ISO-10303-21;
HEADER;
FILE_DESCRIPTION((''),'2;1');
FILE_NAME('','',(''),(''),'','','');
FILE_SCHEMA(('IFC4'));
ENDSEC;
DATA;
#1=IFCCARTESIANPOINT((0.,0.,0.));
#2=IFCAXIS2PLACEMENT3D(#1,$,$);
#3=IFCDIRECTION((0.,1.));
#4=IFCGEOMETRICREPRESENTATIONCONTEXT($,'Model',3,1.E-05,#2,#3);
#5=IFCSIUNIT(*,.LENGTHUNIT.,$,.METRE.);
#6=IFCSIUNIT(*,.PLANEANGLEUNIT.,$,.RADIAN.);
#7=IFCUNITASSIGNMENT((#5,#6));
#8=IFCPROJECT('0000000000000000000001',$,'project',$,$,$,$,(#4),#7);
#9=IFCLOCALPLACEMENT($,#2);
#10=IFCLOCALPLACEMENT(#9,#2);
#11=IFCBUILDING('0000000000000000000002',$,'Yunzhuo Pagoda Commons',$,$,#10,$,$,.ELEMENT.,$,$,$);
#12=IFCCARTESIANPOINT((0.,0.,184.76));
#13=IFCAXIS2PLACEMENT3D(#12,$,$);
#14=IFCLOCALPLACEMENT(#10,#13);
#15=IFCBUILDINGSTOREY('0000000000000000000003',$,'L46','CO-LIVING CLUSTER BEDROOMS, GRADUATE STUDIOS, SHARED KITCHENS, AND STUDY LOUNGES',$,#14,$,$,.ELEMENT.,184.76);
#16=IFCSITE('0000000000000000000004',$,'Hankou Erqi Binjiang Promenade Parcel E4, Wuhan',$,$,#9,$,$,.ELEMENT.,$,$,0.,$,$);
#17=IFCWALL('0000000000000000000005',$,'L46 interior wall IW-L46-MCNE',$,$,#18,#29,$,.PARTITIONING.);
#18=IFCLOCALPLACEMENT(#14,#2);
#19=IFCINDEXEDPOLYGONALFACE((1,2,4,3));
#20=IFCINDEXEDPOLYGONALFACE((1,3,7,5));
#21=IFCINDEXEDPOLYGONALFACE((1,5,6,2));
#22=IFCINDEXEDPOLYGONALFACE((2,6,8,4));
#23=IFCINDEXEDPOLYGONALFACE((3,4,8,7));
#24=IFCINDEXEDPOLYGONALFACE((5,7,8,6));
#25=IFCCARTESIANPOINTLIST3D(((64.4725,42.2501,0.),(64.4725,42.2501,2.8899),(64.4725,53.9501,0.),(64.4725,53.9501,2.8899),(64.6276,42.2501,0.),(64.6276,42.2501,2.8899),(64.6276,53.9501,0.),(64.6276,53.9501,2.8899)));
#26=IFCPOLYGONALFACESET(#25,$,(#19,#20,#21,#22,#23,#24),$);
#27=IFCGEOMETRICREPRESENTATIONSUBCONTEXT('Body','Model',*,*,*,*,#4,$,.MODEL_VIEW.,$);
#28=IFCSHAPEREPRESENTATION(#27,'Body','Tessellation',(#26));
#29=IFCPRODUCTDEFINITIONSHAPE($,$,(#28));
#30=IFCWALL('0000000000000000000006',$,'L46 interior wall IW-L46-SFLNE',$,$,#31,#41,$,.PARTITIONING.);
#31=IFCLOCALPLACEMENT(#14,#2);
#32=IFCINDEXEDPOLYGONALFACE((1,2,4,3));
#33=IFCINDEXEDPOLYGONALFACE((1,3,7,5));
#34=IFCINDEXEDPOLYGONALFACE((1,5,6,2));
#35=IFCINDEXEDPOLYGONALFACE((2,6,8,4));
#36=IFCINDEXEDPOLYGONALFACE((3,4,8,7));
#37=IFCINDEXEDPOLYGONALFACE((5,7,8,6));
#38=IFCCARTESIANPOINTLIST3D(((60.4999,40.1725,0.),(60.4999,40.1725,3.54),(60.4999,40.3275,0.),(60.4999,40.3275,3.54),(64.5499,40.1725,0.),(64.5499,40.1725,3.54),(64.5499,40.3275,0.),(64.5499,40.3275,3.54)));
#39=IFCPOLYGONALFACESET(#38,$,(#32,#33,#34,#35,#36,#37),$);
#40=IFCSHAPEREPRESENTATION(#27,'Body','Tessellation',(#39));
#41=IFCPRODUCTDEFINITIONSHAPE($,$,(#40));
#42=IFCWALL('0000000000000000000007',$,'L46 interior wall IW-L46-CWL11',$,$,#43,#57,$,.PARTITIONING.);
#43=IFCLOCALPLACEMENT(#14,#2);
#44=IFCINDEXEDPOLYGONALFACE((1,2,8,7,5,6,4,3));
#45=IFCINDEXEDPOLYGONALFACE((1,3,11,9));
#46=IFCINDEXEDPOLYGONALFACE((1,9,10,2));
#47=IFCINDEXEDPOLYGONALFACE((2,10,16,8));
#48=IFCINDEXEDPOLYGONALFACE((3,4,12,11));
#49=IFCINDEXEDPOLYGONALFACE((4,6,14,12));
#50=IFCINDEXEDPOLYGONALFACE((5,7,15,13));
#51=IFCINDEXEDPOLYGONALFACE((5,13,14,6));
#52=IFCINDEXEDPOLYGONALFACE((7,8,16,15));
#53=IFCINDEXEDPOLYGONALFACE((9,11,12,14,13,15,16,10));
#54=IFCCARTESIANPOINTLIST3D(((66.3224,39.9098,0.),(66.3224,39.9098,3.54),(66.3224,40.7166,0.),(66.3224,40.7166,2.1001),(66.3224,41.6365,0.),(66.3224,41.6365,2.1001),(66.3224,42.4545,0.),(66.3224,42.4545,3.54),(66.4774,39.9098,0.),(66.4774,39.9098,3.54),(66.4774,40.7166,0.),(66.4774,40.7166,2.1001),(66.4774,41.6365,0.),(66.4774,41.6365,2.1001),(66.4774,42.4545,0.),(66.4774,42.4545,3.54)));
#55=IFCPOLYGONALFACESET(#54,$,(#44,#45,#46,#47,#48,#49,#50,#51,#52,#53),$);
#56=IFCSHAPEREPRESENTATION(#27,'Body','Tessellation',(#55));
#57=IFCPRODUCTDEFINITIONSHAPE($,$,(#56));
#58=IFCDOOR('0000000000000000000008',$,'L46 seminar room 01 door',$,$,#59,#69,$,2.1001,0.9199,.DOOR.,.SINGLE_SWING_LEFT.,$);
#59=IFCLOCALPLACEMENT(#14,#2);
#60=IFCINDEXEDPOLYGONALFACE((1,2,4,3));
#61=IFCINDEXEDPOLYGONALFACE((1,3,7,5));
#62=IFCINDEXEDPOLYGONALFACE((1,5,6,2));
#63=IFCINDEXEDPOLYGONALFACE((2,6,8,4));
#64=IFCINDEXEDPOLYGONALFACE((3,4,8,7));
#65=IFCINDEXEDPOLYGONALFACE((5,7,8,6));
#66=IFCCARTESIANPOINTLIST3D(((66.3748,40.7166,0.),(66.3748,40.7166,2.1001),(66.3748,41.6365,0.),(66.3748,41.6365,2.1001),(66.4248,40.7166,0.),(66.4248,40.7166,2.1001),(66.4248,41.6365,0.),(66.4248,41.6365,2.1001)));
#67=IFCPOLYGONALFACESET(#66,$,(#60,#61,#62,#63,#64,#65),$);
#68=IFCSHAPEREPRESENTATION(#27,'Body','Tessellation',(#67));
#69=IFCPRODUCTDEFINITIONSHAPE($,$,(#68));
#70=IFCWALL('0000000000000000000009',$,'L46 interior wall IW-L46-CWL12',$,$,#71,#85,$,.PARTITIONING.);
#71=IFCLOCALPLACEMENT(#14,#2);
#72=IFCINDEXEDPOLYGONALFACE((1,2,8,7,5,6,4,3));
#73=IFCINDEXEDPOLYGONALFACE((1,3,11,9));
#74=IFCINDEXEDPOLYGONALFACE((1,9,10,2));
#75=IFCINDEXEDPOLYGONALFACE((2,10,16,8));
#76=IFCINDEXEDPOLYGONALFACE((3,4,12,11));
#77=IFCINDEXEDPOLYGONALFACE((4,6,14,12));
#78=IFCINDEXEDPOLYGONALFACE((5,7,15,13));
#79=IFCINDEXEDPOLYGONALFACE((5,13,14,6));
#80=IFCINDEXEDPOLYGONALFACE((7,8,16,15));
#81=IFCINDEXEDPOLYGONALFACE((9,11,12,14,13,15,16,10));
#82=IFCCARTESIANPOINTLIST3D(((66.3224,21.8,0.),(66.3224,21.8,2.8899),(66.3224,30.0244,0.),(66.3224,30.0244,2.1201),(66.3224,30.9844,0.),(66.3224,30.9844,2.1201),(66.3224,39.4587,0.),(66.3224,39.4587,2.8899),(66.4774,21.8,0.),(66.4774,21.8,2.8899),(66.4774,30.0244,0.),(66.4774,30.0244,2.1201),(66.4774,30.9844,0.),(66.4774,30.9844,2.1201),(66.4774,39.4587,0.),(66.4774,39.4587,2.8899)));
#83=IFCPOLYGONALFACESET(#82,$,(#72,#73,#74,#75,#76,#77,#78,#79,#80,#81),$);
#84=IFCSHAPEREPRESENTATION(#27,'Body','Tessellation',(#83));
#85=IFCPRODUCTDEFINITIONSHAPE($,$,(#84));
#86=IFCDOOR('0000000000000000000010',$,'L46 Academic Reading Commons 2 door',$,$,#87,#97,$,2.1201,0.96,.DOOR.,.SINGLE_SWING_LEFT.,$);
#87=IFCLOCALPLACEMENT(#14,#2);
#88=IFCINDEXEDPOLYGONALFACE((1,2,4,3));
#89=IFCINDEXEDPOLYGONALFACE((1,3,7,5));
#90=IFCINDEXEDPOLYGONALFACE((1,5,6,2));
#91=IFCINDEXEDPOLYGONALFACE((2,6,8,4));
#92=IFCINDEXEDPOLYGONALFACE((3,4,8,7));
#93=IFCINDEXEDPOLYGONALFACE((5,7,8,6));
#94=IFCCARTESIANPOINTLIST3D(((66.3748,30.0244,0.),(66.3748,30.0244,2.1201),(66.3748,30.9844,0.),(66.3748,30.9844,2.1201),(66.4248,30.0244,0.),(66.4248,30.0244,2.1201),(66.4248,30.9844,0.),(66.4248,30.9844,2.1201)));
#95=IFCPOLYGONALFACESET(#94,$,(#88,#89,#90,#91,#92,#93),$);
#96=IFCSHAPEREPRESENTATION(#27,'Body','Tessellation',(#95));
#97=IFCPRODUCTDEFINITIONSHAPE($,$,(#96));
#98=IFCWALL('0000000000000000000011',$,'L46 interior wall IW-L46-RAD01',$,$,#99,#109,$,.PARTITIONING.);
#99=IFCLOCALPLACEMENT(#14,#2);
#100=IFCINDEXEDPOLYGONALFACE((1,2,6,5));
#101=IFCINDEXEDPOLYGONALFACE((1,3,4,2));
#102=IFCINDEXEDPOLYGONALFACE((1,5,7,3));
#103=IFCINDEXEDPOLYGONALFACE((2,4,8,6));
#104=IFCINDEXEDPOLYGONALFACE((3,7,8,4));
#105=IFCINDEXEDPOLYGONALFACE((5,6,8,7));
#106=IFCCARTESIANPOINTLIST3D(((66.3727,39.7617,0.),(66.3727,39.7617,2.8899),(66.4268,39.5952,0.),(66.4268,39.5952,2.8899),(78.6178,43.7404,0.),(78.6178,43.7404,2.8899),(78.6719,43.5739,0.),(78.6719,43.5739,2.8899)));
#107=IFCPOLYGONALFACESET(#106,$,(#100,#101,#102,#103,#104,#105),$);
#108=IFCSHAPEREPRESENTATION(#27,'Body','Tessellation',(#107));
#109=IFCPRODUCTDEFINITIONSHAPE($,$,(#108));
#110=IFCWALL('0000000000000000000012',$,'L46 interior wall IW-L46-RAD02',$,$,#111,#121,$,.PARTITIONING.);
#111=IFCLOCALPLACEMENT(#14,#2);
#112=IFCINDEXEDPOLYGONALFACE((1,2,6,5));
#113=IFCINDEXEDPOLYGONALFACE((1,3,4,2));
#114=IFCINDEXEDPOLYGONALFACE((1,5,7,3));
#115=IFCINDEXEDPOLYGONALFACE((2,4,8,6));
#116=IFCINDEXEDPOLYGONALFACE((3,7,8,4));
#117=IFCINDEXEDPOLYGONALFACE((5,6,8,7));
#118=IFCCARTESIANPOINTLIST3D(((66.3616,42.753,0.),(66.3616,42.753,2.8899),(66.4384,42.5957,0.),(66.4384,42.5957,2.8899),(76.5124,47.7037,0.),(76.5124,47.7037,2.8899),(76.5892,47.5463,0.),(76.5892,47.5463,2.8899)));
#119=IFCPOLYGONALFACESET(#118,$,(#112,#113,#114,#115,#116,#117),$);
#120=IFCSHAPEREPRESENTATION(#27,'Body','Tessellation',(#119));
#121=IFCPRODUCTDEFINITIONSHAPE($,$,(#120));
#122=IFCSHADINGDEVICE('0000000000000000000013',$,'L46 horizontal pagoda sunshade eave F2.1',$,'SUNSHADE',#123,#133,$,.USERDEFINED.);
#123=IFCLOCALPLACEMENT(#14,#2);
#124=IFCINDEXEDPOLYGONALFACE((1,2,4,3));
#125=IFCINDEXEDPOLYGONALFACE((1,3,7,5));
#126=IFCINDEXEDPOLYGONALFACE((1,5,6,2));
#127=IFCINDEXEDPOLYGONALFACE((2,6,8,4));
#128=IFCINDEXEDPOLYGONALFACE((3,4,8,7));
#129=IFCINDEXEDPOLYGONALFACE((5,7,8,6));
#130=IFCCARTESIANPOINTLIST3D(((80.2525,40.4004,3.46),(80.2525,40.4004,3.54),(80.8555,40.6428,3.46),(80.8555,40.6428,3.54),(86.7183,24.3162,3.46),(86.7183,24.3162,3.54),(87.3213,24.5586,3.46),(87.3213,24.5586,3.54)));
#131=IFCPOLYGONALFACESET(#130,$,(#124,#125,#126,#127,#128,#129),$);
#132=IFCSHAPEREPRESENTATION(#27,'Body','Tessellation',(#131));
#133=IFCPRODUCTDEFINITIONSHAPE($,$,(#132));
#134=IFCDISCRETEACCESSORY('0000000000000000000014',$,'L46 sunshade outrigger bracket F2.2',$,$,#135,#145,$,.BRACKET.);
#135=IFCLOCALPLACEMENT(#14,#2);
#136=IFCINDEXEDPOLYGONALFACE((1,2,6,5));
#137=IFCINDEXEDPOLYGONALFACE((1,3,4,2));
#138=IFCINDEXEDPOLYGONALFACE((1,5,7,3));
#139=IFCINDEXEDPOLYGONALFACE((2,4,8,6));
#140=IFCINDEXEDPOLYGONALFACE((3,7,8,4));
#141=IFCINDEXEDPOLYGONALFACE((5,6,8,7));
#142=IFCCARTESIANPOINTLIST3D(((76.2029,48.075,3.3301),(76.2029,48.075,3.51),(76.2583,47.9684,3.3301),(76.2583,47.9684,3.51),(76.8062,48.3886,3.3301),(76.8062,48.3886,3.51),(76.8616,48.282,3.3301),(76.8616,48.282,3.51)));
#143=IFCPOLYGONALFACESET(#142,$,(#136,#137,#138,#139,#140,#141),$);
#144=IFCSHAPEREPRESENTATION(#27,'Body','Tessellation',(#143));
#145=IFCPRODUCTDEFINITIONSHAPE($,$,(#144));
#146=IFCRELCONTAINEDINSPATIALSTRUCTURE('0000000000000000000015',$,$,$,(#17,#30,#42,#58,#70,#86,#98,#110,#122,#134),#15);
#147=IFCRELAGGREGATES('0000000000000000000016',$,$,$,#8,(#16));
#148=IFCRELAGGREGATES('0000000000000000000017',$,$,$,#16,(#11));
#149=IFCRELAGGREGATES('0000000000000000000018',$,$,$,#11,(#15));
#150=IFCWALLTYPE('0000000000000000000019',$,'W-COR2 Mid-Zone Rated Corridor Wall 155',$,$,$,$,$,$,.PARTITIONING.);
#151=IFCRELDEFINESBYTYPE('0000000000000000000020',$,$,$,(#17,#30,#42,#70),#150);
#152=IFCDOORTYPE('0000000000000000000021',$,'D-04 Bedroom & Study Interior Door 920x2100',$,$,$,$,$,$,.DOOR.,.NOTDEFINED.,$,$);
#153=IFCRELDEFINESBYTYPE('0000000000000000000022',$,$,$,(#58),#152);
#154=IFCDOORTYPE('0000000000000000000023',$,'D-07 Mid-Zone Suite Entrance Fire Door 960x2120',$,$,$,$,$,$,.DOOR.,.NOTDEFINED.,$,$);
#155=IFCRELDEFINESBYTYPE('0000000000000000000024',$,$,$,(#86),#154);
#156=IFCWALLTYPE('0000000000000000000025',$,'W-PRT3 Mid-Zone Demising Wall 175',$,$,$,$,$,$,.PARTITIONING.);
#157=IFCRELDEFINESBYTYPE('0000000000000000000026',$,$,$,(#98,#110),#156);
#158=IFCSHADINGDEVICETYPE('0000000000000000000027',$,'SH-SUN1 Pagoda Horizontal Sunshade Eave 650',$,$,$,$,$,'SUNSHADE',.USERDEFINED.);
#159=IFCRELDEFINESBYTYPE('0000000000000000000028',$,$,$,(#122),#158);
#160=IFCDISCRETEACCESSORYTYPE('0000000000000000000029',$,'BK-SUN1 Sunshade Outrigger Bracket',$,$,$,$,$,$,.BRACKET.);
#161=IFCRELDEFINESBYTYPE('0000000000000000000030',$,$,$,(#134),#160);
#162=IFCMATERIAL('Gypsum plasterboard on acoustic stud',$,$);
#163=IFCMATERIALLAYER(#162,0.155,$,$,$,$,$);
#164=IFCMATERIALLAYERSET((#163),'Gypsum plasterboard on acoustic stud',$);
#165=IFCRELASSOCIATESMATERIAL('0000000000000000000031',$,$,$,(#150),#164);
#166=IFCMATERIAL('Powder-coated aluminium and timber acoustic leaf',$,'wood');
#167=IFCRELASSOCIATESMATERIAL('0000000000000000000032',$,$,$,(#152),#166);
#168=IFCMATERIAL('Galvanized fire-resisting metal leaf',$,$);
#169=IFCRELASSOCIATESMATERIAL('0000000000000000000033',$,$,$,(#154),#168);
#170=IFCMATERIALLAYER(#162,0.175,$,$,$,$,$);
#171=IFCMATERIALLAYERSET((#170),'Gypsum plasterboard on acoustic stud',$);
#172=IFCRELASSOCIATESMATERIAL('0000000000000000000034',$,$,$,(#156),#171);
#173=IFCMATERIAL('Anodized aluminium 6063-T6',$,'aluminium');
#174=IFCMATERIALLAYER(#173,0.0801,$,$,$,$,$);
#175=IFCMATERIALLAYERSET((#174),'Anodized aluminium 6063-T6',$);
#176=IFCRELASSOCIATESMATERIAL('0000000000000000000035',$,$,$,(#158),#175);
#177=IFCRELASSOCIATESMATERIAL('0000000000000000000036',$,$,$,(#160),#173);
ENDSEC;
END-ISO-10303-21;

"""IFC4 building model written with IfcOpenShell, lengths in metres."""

from ifc_helpers import new_model, si_unit, direction, frame, frame_2d, origin, origin_with_axes, origin_2d, place, context, subcontext, project, spatial, rectangle, extrude, source, transform, mapped, material, layer, layer_set, type_object, element, fill, save


model = new_model("IFC4")

# Units and contexts
model_context = context("Model", 3, precision=1e-05, world=origin(), true_north=direction((0.0, 1.0)))
body_context = subcontext(model_context, "Body", "Model", "MODEL_VIEW")
ifc_project = project(units=[si_unit("LENGTHUNIT", "METRE"), si_unit("PLANEANGLEUNIT", "RADIAN")], contexts=[model_context])

# Site, building, storey
site_placement = place(None, origin())
site = spatial("IfcSite", under=ifc_project, at=site_placement, Name="Hankou Erqi Binjiang Promenade Parcel E4, Wuhan", CompositionType="ELEMENT", RefElevation=0.0)
building_placement = place(site_placement, origin())
building = spatial("IfcBuilding", under=site, at=building_placement, Name="Yunzhuo Pagoda Commons", CompositionType="ELEMENT")
storey_placement = place(building_placement, frame((0.0, 0.0, 184.76)))
storey = spatial("IfcBuildingStorey", under=building, at=storey_placement, Name="L46", Description="CO-LIVING CLUSTER BEDROOMS, GRADUATE STUDIOS, SHARED KITCHENS, AND STUDY LOUNGES", CompositionType="ELEMENT", Elevation=184.76)

# Shared definitions
ifc_material_1 = material(Name="Anodized aluminium 6063-T6", Category="aluminium")

# Walls
ifc_material_2 = material(Name="Gypsum plasterboard on acoustic stud")
ifc_layer_1 = layer(ifc_material_2, 0.155)
ifc_layer_set_1 = layer_set([ifc_layer_1], Name="Gypsum plasterboard on acoustic stud")
wall_type_1 = type_object("IfcWallType", Name="W-COR2 Mid-Zone Rated Corridor Wall 155", PredefinedType="PARTITIONING", material=ifc_layer_set_1)
wall_1_placement = place(storey_placement, frame((64.55, 42.25, 0.0), z_axis=(0.0, 0.0, 1.0), x_axis=(0.0, 1.0, 0.0)))
element("IfcWall", 1, at=wall_1_placement, inside=storey, type_object=wall_type_1, Name="L46 interior wall IW-L46-MCNE", PredefinedType="PARTITIONING", context=body_context, shape_type="SweptSolid", body=[
    extrude(rectangle(XDim=11.7, YDim=0.155, at=frame_2d((5.8501, 0.0))), origin(), (0.0, 0.0, 1.0), 2.8899),
])
wall_2_placement = place(storey_placement, frame((60.5, 40.25, 0.0), z_axis=(0.0, 0.0, 1.0), x_axis=(1.0, 0.0, 0.0)))
element("IfcWall", 2, at=wall_2_placement, inside=storey, type_object=wall_type_1, Name="L46 interior wall IW-L46-SFLNE", PredefinedType="PARTITIONING", context=body_context, shape_type="SweptSolid", body=[
    extrude(rectangle(XDim=4.05, YDim=0.155, at=frame_2d((2.0249, 0.0))), origin(), (0.0, 0.0, 1.0), 3.54),
])

# Walls, openings, doors
wall_3_placement = place(storey_placement, frame((66.3999, 42.4546, 0.0), z_axis=(0.0, 0.0, 1.0), x_axis=(0.0, -1.0, 0.0)))
wall_3 = element("IfcWall", 3, at=wall_3_placement, inside=storey, type_object=wall_type_1, Name="L46 interior wall IW-L46-CWL11", PredefinedType="PARTITIONING", context=body_context, shape_type="SweptSolid", body=[
    extrude(rectangle(XDim=2.5447, YDim=0.155, at=frame_2d((1.2725, 0.0))), origin(), (0.0, 0.0, 1.0), 3.54),
])
opening_1_placement = place(wall_3_placement, frame((0.8181, 0.0, 0.0)))
opening_1 = element("IfcOpeningElement", 4, at=opening_1_placement, cuts=wall_3, PredefinedType="OPENING", context=body_context, shape_type="SweptSolid", body=[
    extrude(rectangle(XDim=0.9199, YDim=2.1001, at=frame_2d((0.46, 1.05))), frame((0.0, 0.0874, 0.0), z_axis=(0.0, -1.0, 0.0), x_axis=(1.0, 0.0, 0.0)), (0.0, 0.0, 1.0), 0.175),
])
ifc_material_3 = material(Name="Powder-coated aluminium and timber acoustic leaf", Category="wood")
door_type_1 = type_object("IfcDoorType", Name="D-04 Bedroom & Study Interior Door 920x2100", OperationType="NOTDEFINED", PredefinedType="DOOR", material=ifc_material_3)
shared_shape_1 = source(origin(), body_context, "Body", "SweptSolid", [
    extrude(rectangle(XDim=0.9199, YDim=2.1001, at=frame_2d((0.46, 1.05))), frame((0.0, 0.0249, 0.0), z_axis=(0.0, -1.0, 0.0), x_axis=(1.0, 0.0, 0.0)), (0.0, 0.0, 1.0), 0.05),
])
door_1_placement = place(opening_1_placement, origin_with_axes())
door_1 = element("IfcDoor", 5, at=door_1_placement, inside=storey, type_object=door_type_1, Name="L46 seminar room 01 door", OperationType="SINGLE_SWING_LEFT", OverallHeight=2.1001, OverallWidth=0.9199, PredefinedType="DOOR", context=body_context, shape_type="MappedRepresentation", body=[
    mapped(shared_shape_1, transform((0.0, 0.0, 0.0), scale=1.0)),
])
fill(opening_1, door_1)
wall_4_placement = place(storey_placement, frame((66.3999, 39.4587, 0.0), z_axis=(0.0, 0.0, 1.0), x_axis=(0.0, -1.0, 0.0)))
wall_4 = element("IfcWall", 6, at=wall_4_placement, inside=storey, type_object=wall_type_1, Name="L46 interior wall IW-L46-CWL12", PredefinedType="PARTITIONING", context=body_context, shape_type="SweptSolid", body=[
    extrude(rectangle(XDim=17.6587, YDim=0.155, at=frame_2d((8.8293, 0.0))), origin(), (0.0, 0.0, 1.0), 2.8899),
])
opening_2_placement = place(wall_4_placement, frame((8.4744, 0.0, 0.0)))
opening_2 = element("IfcOpeningElement", 7, at=opening_2_placement, cuts=wall_4, PredefinedType="OPENING", context=body_context, shape_type="SweptSolid", body=[
    extrude(rectangle(XDim=0.96, YDim=2.1201, at=frame_2d((0.48, 1.0601))), frame((0.0, 0.0874, 0.0), z_axis=(0.0, -1.0, 0.0), x_axis=(1.0, 0.0, 0.0)), (0.0, 0.0, 1.0), 0.175),
])
ifc_material_4 = material(Name="Galvanized fire-resisting metal leaf")
door_type_2 = type_object("IfcDoorType", Name="D-07 Mid-Zone Suite Entrance Fire Door 960x2120", OperationType="NOTDEFINED", PredefinedType="DOOR", material=ifc_material_4)
shared_shape_2 = source(origin(), body_context, "Body", "SweptSolid", [
    extrude(rectangle(XDim=0.96, YDim=2.1201, at=frame_2d((0.48, 1.0601))), frame((0.0, 0.0249, 0.0), z_axis=(0.0, -1.0, 0.0), x_axis=(1.0, 0.0, 0.0)), (0.0, 0.0, 1.0), 0.05),
])
door_2_placement = place(opening_2_placement, origin_with_axes())
door_2 = element("IfcDoor", 8, at=door_2_placement, inside=storey, type_object=door_type_2, Name="L46 Academic Reading Commons 2 door", OperationType="SINGLE_SWING_LEFT", OverallHeight=2.1201, OverallWidth=0.96, PredefinedType="DOOR", context=body_context, shape_type="MappedRepresentation", body=[
    mapped(shared_shape_2, transform((0.0, 0.0, 0.0), scale=1.0)),
])
fill(opening_2, door_2)

# Walls
ifc_layer_2 = layer(ifc_material_2, 0.175)
ifc_layer_set_2 = layer_set([ifc_layer_2], Name="Gypsum plasterboard on acoustic stud")
wall_type_2 = type_object("IfcWallType", Name="W-PRT3 Mid-Zone Demising Wall 175", PredefinedType="PARTITIONING", material=ifc_layer_set_2)
wall_5_placement = place(storey_placement, frame((66.3999, 39.6785, 0.0), z_axis=(0.0, 0.0, 1.0), x_axis=(0.951055, 0.309023, 0.0)))
element("IfcWall", 9, at=wall_5_placement, inside=storey, type_object=wall_type_2, Name="L46 interior wall IW-L46-RAD01", PredefinedType="PARTITIONING", context=body_context, shape_type="SweptSolid", body=[
    extrude(rectangle(XDim=12.8752, YDim=0.175, at=frame_2d((6.4375, 0.0))), origin(), (0.0, 0.0, 1.0), 2.8899),
])
wall_6_placement = place(storey_placement, frame((66.3999, 42.6743, 0.0), z_axis=(0.0, 0.0, 1.0), x_axis=(0.898802, 0.438355, 0.0)))
element("IfcWall", 10, at=wall_6_placement, inside=storey, type_object=wall_type_2, Name="L46 interior wall IW-L46-RAD02", PredefinedType="PARTITIONING", context=body_context, shape_type="SweptSolid", body=[
    extrude(rectangle(XDim=11.2937, YDim=0.175, at=frame_2d((5.647, 0.0))), origin(), (0.0, 0.0, 1.0), 2.8899),
])

# Shading device
ifc_layer_3 = layer(ifc_material_1, 0.0801)
ifc_layer_set_3 = layer_set([ifc_layer_3], Name="Anodized aluminium 6063-T6")
shading_device_type = type_object("IfcShadingDeviceType", Name="SH-SUN1 Pagoda Horizontal Sunshade Eave 650", ElementType="SUNSHADE", PredefinedType="USERDEFINED", material=ifc_layer_set_3)
shared_shape_3 = source(origin(), body_context, "Body", "SweptSolid", [
    extrude(rectangle(XDim=17.3352, YDim=0.6499, at=origin_2d()), origin(), (0.0, 0.0, 1.0), 0.0801),
])
shading_device_placement = place(storey_placement, frame((83.7869, 32.4795, 3.46), z_axis=(0.0, 0.0, 1.0), x_axis=(-0.372988, 0.927836, 0.0)))
element("IfcShadingDevice", 11, at=shading_device_placement, inside=storey, type_object=shading_device_type, Name="L46 horizontal pagoda sunshade eave F2.1", ObjectType="SUNSHADE", PredefinedType="USERDEFINED", context=body_context, shape_type="MappedRepresentation", body=[
    mapped(shared_shape_3, transform((0.0, 0.0, 0.0), scale=1.0)),
])

# Discrete accessory
discrete_accessory_type = type_object("IfcDiscreteAccessoryType", Name="BK-SUN1 Sunshade Outrigger Bracket", PredefinedType="BRACKET", material=ifc_material_1)
shared_shape_4 = source(origin(), body_context, "Body", "SweptSolid", [
    extrude(rectangle(XDim=0.1201, YDim=0.6799, at=origin_2d()), origin(), (0.0, 0.0, 1.0), 0.1799),
])
discrete_accessory_placement = place(storey_placement, frame((76.5322, 48.1785, 3.3301), z_axis=(0.0, 0.0, 1.0), x_axis=(-0.461207, 0.887293, 0.0)))
element("IfcDiscreteAccessory", 12, at=discrete_accessory_placement, inside=storey, type_object=discrete_accessory_type, Name="L46 sunshade outrigger bracket F2.2", PredefinedType="BRACKET", context=body_context, shape_type="MappedRepresentation", body=[
    mapped(shared_shape_4, transform((0.0, 0.0, 0.0), scale=1.0)),
])

save(model, "model.ifc")
